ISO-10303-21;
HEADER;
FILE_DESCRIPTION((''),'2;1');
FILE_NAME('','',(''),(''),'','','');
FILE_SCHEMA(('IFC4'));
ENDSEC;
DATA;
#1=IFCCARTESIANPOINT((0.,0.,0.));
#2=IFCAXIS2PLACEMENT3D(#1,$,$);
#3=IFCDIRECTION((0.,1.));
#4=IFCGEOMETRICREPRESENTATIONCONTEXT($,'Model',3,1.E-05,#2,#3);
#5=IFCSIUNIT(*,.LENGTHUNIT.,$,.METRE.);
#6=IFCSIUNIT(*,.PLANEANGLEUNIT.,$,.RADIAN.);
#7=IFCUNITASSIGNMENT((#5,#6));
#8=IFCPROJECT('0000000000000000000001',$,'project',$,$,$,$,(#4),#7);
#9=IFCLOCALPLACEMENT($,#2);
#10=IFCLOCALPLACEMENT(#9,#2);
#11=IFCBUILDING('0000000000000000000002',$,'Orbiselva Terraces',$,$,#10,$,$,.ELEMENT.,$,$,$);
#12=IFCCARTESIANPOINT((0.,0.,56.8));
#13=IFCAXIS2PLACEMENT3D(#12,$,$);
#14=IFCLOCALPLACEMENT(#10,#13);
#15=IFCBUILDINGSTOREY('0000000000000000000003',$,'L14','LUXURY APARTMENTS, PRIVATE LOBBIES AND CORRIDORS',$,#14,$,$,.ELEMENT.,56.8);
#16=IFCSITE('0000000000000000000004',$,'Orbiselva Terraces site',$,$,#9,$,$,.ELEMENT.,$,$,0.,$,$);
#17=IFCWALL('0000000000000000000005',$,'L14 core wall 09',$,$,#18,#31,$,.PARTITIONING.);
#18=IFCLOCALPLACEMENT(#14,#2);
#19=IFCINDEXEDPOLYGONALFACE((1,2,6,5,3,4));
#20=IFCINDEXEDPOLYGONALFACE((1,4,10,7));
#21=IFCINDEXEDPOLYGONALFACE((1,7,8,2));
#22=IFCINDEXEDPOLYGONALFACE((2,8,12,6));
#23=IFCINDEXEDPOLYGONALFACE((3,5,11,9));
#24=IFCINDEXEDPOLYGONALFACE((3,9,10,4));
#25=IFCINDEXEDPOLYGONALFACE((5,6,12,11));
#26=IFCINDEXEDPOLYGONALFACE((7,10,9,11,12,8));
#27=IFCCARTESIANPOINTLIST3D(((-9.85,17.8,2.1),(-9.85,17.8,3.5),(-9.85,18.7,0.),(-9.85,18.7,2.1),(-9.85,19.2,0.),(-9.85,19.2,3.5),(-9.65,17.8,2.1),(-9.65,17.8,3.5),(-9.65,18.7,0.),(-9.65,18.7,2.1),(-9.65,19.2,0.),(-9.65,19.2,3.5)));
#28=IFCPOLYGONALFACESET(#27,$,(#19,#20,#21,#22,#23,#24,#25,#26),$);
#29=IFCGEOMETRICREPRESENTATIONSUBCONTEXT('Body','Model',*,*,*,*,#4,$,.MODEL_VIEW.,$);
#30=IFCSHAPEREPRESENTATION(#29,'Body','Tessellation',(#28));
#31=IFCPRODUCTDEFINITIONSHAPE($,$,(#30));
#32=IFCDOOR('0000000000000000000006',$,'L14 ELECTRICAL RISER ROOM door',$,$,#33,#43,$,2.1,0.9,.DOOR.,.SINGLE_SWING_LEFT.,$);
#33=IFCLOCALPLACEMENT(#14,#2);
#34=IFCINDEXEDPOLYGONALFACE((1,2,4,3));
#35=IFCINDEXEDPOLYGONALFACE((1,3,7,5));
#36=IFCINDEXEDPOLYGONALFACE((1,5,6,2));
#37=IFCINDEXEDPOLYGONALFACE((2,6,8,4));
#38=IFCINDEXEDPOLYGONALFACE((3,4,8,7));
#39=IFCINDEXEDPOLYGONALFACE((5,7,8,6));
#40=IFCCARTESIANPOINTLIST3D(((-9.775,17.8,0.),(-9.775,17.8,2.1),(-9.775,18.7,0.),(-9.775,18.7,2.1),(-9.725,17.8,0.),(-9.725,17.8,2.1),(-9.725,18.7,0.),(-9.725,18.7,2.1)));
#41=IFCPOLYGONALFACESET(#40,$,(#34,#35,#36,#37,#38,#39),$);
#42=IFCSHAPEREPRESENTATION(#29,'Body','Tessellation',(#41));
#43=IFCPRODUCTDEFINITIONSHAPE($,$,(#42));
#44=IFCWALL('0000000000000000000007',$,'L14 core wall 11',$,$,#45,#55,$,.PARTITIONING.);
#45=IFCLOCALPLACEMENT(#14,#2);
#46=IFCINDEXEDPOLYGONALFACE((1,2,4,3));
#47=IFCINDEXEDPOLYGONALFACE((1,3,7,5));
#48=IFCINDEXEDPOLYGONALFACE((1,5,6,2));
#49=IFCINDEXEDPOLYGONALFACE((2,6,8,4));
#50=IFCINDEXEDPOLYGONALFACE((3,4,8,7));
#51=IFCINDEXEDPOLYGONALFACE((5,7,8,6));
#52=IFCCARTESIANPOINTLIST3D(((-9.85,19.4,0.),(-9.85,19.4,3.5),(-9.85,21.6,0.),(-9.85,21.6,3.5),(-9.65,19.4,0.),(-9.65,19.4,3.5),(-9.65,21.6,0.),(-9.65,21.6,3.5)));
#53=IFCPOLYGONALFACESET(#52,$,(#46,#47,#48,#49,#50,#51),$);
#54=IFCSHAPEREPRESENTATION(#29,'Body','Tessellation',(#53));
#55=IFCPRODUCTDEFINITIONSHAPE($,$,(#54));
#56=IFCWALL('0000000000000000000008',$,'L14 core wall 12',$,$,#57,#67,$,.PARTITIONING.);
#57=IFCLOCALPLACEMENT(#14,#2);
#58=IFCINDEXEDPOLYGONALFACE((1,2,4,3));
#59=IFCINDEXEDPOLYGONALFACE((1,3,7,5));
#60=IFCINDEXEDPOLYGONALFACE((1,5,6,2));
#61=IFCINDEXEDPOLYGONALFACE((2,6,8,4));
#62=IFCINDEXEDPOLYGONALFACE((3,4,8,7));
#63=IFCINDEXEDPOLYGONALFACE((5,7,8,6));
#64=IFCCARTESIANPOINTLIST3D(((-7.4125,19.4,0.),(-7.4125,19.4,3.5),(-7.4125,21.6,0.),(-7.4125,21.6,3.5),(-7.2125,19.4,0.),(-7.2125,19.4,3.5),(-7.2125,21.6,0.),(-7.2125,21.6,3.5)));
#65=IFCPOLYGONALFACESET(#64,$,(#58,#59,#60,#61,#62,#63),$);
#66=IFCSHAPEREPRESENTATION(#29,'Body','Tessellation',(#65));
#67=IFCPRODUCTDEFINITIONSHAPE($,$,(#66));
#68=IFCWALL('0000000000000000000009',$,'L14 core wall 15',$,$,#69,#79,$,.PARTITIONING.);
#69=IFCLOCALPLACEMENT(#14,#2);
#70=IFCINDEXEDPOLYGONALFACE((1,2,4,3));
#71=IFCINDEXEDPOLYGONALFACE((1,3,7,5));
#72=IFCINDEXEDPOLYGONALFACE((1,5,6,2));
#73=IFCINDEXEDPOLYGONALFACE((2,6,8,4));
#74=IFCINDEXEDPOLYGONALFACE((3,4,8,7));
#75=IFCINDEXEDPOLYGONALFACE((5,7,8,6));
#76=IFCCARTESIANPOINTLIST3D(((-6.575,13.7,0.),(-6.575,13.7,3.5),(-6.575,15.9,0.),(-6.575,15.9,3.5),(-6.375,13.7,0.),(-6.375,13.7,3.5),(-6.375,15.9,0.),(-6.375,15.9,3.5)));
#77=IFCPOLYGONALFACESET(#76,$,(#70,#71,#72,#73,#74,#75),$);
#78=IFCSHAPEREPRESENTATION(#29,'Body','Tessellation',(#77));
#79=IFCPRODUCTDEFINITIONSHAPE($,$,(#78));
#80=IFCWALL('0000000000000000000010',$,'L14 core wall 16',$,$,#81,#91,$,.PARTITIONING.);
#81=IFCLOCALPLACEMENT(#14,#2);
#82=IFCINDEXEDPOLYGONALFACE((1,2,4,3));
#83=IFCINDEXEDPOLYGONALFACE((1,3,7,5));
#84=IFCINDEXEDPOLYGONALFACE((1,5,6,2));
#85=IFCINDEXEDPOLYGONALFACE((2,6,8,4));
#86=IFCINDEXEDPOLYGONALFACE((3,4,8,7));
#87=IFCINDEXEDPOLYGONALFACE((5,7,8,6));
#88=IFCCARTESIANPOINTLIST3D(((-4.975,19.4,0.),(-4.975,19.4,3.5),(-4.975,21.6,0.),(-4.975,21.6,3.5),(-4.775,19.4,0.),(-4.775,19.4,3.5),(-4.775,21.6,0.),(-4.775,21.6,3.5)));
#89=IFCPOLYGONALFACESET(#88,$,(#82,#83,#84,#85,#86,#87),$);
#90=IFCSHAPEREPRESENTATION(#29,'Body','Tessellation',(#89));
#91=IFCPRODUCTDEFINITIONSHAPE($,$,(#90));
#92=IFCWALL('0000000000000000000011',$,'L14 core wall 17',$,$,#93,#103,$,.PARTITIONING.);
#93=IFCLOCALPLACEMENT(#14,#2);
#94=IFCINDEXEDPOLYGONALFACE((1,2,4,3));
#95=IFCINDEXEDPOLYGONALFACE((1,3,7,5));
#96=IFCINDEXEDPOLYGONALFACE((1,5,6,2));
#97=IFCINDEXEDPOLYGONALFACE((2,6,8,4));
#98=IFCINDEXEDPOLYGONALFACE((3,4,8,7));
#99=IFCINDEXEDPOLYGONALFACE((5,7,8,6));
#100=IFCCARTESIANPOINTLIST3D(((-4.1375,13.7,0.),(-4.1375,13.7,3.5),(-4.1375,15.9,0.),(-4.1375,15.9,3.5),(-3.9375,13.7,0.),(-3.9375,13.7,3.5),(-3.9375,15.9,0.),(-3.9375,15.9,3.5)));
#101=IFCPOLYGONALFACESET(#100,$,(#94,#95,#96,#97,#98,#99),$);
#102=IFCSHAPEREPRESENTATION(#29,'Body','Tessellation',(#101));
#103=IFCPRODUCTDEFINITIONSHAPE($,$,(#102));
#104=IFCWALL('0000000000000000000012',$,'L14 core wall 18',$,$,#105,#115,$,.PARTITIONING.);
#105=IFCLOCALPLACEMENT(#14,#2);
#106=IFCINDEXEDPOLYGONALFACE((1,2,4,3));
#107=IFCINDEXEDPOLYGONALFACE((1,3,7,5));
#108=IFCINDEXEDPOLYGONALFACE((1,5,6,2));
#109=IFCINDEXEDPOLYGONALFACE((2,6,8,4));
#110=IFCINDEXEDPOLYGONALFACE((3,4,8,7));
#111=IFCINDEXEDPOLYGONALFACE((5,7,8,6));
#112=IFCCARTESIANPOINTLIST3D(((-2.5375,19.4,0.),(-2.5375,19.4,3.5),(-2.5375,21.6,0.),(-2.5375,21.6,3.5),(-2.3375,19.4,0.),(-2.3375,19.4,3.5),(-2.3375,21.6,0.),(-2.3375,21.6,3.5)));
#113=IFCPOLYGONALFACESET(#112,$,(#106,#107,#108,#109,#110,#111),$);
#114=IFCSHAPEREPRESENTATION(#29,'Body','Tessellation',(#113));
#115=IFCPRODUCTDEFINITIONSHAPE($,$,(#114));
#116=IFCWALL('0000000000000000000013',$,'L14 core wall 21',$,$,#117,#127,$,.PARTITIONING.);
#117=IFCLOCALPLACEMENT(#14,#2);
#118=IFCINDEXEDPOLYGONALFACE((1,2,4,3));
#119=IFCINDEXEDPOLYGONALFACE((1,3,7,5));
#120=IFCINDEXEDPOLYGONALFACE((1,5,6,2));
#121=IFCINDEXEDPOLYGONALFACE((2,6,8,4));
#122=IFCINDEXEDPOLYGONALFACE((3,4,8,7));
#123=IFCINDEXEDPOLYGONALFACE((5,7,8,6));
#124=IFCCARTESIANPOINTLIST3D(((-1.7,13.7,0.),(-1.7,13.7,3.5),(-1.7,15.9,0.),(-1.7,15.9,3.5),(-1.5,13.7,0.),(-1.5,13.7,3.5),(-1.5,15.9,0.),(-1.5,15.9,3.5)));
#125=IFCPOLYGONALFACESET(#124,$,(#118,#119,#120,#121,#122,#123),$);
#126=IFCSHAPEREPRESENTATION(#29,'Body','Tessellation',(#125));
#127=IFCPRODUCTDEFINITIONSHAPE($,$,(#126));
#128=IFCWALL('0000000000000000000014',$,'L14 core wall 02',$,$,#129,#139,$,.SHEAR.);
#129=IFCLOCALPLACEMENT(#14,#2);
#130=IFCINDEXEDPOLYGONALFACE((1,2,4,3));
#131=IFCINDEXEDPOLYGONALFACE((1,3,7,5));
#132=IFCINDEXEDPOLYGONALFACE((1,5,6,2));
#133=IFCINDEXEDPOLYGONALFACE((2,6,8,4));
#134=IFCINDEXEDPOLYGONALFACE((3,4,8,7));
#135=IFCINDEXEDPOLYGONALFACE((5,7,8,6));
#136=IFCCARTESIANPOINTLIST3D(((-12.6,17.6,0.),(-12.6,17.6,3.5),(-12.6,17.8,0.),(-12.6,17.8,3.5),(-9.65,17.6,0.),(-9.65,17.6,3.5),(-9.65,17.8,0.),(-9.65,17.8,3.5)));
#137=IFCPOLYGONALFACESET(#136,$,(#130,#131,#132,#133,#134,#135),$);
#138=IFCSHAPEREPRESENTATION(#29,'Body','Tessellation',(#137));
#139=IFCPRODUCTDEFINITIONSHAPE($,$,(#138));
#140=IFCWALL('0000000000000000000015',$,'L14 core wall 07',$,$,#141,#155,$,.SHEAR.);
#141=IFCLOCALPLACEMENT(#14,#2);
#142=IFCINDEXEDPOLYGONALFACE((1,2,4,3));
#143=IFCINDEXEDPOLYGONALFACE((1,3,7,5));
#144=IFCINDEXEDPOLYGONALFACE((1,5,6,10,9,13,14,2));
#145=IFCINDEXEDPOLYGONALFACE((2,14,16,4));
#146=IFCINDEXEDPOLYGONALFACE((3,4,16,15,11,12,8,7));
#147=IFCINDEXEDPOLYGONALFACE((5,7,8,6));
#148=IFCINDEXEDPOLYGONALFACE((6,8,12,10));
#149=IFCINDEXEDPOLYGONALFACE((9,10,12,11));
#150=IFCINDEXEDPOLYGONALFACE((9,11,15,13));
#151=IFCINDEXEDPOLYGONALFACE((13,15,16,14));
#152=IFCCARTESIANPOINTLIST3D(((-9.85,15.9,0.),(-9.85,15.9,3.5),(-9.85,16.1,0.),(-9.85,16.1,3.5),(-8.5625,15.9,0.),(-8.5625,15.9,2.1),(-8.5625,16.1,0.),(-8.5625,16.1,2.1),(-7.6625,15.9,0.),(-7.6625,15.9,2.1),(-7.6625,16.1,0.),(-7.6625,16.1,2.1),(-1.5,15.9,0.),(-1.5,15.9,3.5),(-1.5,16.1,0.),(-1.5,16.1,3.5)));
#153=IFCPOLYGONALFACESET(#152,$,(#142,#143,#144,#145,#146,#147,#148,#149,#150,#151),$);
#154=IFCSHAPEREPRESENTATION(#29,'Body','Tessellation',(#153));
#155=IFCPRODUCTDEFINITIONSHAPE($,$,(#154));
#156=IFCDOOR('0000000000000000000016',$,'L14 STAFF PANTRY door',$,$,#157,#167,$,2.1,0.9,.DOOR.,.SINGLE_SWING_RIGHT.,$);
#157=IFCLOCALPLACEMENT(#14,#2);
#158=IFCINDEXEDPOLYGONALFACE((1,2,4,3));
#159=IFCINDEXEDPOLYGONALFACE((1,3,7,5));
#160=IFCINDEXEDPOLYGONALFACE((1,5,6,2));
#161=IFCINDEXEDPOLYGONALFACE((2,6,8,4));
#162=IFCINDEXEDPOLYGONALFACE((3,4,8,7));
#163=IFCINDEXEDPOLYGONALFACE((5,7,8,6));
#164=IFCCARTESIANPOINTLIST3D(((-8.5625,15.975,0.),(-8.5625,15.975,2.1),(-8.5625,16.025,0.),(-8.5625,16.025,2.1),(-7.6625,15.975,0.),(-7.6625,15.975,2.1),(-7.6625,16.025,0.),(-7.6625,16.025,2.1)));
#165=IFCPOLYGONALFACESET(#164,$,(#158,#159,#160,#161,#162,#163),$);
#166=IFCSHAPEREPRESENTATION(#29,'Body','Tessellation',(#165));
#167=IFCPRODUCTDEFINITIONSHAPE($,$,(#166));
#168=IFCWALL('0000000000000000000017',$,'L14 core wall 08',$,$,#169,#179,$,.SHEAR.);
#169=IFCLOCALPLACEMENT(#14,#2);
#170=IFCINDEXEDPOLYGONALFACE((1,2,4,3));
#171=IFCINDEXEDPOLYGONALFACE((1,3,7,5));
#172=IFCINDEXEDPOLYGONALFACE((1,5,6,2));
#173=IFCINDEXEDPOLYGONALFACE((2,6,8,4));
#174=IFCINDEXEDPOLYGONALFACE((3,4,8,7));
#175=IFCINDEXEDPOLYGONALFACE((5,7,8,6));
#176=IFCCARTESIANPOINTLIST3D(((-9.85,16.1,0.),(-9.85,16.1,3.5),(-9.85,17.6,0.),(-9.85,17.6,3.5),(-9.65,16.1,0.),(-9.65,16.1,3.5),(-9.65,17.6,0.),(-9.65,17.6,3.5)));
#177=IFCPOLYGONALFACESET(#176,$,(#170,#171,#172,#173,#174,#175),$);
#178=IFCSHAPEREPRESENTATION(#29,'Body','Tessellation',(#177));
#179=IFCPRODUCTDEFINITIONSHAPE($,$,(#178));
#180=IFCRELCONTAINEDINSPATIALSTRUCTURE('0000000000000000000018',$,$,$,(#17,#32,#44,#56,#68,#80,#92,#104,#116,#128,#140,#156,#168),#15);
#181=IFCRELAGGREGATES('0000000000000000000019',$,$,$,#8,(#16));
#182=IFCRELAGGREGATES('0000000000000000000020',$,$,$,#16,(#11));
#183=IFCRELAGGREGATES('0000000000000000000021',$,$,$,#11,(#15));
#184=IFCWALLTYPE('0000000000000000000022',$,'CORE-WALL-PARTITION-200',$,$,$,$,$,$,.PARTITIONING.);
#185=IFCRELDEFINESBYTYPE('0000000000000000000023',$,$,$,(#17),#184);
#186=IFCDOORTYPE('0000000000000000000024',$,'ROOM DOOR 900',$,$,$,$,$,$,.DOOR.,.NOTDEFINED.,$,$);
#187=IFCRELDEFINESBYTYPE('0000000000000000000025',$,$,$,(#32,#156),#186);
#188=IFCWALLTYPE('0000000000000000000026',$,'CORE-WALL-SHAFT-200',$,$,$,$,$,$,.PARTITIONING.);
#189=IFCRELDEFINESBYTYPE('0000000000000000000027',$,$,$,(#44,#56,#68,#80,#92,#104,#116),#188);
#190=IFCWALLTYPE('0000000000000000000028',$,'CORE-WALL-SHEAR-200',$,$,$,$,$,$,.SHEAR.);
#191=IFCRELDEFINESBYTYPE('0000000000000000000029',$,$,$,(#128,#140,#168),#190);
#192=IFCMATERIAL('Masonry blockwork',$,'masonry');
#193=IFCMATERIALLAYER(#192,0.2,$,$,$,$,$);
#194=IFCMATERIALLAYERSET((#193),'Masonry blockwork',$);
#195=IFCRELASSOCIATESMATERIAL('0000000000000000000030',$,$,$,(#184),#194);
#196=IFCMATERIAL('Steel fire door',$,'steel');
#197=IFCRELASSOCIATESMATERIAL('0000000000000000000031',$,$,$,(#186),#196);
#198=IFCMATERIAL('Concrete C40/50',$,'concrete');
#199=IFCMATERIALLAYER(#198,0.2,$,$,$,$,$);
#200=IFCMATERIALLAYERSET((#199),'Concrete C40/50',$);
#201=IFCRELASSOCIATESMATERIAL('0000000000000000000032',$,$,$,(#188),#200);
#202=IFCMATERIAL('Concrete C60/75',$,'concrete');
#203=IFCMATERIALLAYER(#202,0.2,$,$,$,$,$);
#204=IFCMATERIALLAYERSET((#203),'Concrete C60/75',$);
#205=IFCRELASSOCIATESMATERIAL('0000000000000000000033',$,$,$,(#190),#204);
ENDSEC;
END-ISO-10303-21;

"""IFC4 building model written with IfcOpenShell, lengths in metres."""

from ifc_helpers import new_model, si_unit, direction, frame, frame_2d, origin, place, context, subcontext, project, spatial, rectangle, extrude, material, layer, layer_set, type_object, element, fill, save


model = new_model("IFC4")

# Units and contexts
model_context = context("Model", 3, precision=1e-05, world=origin(), true_north=direction((0.0, 1.0)))
body_context = subcontext(model_context, "Body", "Model", "MODEL_VIEW")
ifc_project = project(units=[si_unit("LENGTHUNIT", "METRE"), si_unit("PLANEANGLEUNIT", "RADIAN")], contexts=[model_context])

# Site, building, storey
site_placement = place(None, origin())
site = spatial("IfcSite", under=ifc_project, at=site_placement, Name="Orbiselva Terraces site", CompositionType="ELEMENT", RefElevation=0.0)
building_placement = place(site_placement, origin())
building = spatial("IfcBuilding", under=site, at=building_placement, Name="Orbiselva Terraces", CompositionType="ELEMENT")
storey_placement = place(building_placement, frame((0.0, 0.0, 56.8)))
storey = spatial("IfcBuildingStorey", under=building, at=storey_placement, Name="L14", Description="LUXURY APARTMENTS, PRIVATE LOBBIES AND CORRIDORS", CompositionType="ELEMENT", Elevation=56.8)

# Wall, opening, door
ifc_material_1 = material(Name="Masonry blockwork", Category="masonry")
ifc_layer_1 = layer(ifc_material_1, 0.2)
ifc_layer_set_1 = layer_set([ifc_layer_1], Name="Masonry blockwork")
wall_type_1 = type_object("IfcWallType", Name="CORE-WALL-PARTITION-200", PredefinedType="PARTITIONING", material=ifc_layer_set_1)
wall_1_placement = place(storey_placement, frame((-9.75, 17.8, 0.0), z_axis=(0.0, 0.0, 1.0), x_axis=(0.0, 1.0, 0.0)))
wall_1 = element("IfcWall", 1, at=wall_1_placement, inside=storey, type_object=wall_type_1, Name="L14 core wall 09", PredefinedType="PARTITIONING", context=body_context, shape_type="SweptSolid", body=[
    extrude(rectangle(XDim=1.4, YDim=0.2, at=frame_2d((0.7, 0.0))), origin(), (0.0, 0.0, 1.0), 3.5),
])
opening_1_placement = place(wall_1_placement, origin())
opening_1 = element("IfcOpeningElement", 2, at=opening_1_placement, cuts=wall_1, PredefinedType="OPENING", context=body_context, shape_type="SweptSolid", body=[
    extrude(rectangle(XDim=0.9, YDim=2.1, at=frame_2d((0.45, 1.05))), frame((0.0, 0.11, 0.0), z_axis=(0.0, -1.0, 0.0), x_axis=(1.0, 0.0, 0.0)), (0.0, 0.0, 1.0), 0.22),
])
ifc_material_2 = material(Name="Steel fire door", Category="steel")
door_type_1 = type_object("IfcDoorType", Name="ROOM DOOR 900", OperationType="NOTDEFINED", PredefinedType="DOOR", material=ifc_material_2)
door_1_placement = place(opening_1_placement, origin())
door_1 = element("IfcDoor", 3, at=door_1_placement, inside=storey, type_object=door_type_1, Name="L14 ELECTRICAL RISER ROOM door", OperationType="SINGLE_SWING_LEFT", OverallHeight=2.1, OverallWidth=0.9, PredefinedType="DOOR", context=body_context, shape_type="SweptSolid", body=[
    extrude(rectangle(XDim=0.9, YDim=2.1, at=frame_2d((0.45, 1.05))), frame((0.0, 0.025, 0.0), z_axis=(0.0, -1.0, 0.0), x_axis=(1.0, 0.0, 0.0)), (0.0, 0.0, 1.0), 0.05),
])
fill(opening_1, door_1)

# Walls
ifc_material_3 = material(Name="Concrete C40/50", Category="concrete")
ifc_layer_2 = layer(ifc_material_3, 0.2)
ifc_layer_set_2 = layer_set([ifc_layer_2], Name="Concrete C40/50")
wall_type_2 = type_object("IfcWallType", Name="CORE-WALL-SHAFT-200", PredefinedType="PARTITIONING", material=ifc_layer_set_2)
for number, where, z_axis, x_axis, name in (
    (4, (-9.75, 19.4, 0.0), (0.0, 0.0, 1.0), (0.0, 1.0, 0.0), "L14 core wall 11"),
    (5, (-7.3125, 19.4, 0.0), (0.0, 0.0, 1.0), (0.0, 1.0, 0.0), "L14 core wall 12"),
    (6, (-6.475, 13.7, 0.0), (0.0, 0.0, 1.0), (0.0, 1.0, 0.0), "L14 core wall 15"),
    (7, (-4.875, 19.4, 0.0), (0.0, 0.0, 1.0), (0.0, 1.0, 0.0), "L14 core wall 16"),
    (8, (-4.0375, 13.7, 0.0), (0.0, 0.0, 1.0), (0.0, 1.0, 0.0), "L14 core wall 17"),
    (9, (-2.4375, 19.4, 0.0), (0.0, 0.0, 1.0), (0.0, 1.0, 0.0), "L14 core wall 18"),
    (10, (-1.6, 13.7, 0.0), (0.0, 0.0, 1.0), (0.0, 1.0, 0.0), "L14 core wall 21"),
):
    element("IfcWall", number, at=place(storey_placement, frame(where, z_axis=z_axis, x_axis=x_axis)), inside=storey, type_object=wall_type_2, Name=name, PredefinedType="PARTITIONING", context=body_context, shape_type="SweptSolid", body=[
        extrude(rectangle(XDim=2.2, YDim=0.2, at=frame_2d((1.1, 0.0))), origin(), (0.0, 0.0, 1.0), 3.5),
    ])
ifc_material_4 = material(Name="Concrete C60/75", Category="concrete")
ifc_layer_3 = layer(ifc_material_4, 0.2)
ifc_layer_set_3 = layer_set([ifc_layer_3], Name="Concrete C60/75")
wall_type_3 = type_object("IfcWallType", Name="CORE-WALL-SHEAR-200", PredefinedType="SHEAR", material=ifc_layer_set_3)
wall_2_placement = place(storey_placement, frame((-12.6, 17.7, 0.0), z_axis=(0.0, 0.0, 1.0), x_axis=(1.0, 0.0, 0.0)))
element("IfcWall", 11, at=wall_2_placement, inside=storey, type_object=wall_type_3, Name="L14 core wall 02", PredefinedType="SHEAR", context=body_context, shape_type="SweptSolid", body=[
    extrude(rectangle(XDim=2.95, YDim=0.2, at=frame_2d((1.475, 0.0))), origin(), (0.0, 0.0, 1.0), 3.5),
])

# Wall, opening, door
wall_3_placement = place(storey_placement, frame((-1.5, 16.0, 0.0), z_axis=(0.0, 0.0, 1.0), x_axis=(-1.0, 0.0, 0.0)))
wall_3 = element("IfcWall", 12, at=wall_3_placement, inside=storey, type_object=wall_type_3, Name="L14 core wall 07", PredefinedType="SHEAR", context=body_context, shape_type="SweptSolid", body=[
    extrude(rectangle(XDim=8.35, YDim=0.2, at=frame_2d((4.175, 0.0))), origin(), (0.0, 0.0, 1.0), 3.5),
])
opening_2_placement = place(wall_3_placement, frame((6.1625, 0.0, 0.0)))
opening_2 = element("IfcOpeningElement", 13, at=opening_2_placement, cuts=wall_3, PredefinedType="OPENING", context=body_context, shape_type="SweptSolid", body=[
    extrude(rectangle(XDim=0.9, YDim=2.1, at=frame_2d((0.45, 1.05))), frame((0.0, 0.11, 0.0), z_axis=(0.0, -1.0, 0.0), x_axis=(1.0, 0.0, 0.0)), (0.0, 0.0, 1.0), 0.22),
])
door_2_placement = place(opening_2_placement, origin())
door_2 = element("IfcDoor", 14, at=door_2_placement, inside=storey, type_object=door_type_1, Name="L14 STAFF PANTRY door", OperationType="SINGLE_SWING_RIGHT", OverallHeight=2.1, OverallWidth=0.9, PredefinedType="DOOR", context=body_context, shape_type="SweptSolid", body=[
    extrude(rectangle(XDim=0.9, YDim=2.1, at=frame_2d((0.45, 1.05))), frame((0.0, 0.025, 0.0), z_axis=(0.0, -1.0, 0.0), x_axis=(1.0, 0.0, 0.0)), (0.0, 0.0, 1.0), 0.05),
])
fill(opening_2, door_2)

# Wall
wall_4_placement = place(storey_placement, frame((-9.75, 16.1, 0.0), z_axis=(0.0, 0.0, 1.0), x_axis=(0.0, 1.0, 0.0)))
element("IfcWall", 15, at=wall_4_placement, inside=storey, type_object=wall_type_3, Name="L14 core wall 08", PredefinedType="SHEAR", context=body_context, shape_type="SweptSolid", body=[
    extrude(rectangle(XDim=1.5, YDim=0.2, at=frame_2d((0.75, 0.0))), origin(), (0.0, 0.0, 1.0), 3.5),
])

save(model, "model.ifc")
